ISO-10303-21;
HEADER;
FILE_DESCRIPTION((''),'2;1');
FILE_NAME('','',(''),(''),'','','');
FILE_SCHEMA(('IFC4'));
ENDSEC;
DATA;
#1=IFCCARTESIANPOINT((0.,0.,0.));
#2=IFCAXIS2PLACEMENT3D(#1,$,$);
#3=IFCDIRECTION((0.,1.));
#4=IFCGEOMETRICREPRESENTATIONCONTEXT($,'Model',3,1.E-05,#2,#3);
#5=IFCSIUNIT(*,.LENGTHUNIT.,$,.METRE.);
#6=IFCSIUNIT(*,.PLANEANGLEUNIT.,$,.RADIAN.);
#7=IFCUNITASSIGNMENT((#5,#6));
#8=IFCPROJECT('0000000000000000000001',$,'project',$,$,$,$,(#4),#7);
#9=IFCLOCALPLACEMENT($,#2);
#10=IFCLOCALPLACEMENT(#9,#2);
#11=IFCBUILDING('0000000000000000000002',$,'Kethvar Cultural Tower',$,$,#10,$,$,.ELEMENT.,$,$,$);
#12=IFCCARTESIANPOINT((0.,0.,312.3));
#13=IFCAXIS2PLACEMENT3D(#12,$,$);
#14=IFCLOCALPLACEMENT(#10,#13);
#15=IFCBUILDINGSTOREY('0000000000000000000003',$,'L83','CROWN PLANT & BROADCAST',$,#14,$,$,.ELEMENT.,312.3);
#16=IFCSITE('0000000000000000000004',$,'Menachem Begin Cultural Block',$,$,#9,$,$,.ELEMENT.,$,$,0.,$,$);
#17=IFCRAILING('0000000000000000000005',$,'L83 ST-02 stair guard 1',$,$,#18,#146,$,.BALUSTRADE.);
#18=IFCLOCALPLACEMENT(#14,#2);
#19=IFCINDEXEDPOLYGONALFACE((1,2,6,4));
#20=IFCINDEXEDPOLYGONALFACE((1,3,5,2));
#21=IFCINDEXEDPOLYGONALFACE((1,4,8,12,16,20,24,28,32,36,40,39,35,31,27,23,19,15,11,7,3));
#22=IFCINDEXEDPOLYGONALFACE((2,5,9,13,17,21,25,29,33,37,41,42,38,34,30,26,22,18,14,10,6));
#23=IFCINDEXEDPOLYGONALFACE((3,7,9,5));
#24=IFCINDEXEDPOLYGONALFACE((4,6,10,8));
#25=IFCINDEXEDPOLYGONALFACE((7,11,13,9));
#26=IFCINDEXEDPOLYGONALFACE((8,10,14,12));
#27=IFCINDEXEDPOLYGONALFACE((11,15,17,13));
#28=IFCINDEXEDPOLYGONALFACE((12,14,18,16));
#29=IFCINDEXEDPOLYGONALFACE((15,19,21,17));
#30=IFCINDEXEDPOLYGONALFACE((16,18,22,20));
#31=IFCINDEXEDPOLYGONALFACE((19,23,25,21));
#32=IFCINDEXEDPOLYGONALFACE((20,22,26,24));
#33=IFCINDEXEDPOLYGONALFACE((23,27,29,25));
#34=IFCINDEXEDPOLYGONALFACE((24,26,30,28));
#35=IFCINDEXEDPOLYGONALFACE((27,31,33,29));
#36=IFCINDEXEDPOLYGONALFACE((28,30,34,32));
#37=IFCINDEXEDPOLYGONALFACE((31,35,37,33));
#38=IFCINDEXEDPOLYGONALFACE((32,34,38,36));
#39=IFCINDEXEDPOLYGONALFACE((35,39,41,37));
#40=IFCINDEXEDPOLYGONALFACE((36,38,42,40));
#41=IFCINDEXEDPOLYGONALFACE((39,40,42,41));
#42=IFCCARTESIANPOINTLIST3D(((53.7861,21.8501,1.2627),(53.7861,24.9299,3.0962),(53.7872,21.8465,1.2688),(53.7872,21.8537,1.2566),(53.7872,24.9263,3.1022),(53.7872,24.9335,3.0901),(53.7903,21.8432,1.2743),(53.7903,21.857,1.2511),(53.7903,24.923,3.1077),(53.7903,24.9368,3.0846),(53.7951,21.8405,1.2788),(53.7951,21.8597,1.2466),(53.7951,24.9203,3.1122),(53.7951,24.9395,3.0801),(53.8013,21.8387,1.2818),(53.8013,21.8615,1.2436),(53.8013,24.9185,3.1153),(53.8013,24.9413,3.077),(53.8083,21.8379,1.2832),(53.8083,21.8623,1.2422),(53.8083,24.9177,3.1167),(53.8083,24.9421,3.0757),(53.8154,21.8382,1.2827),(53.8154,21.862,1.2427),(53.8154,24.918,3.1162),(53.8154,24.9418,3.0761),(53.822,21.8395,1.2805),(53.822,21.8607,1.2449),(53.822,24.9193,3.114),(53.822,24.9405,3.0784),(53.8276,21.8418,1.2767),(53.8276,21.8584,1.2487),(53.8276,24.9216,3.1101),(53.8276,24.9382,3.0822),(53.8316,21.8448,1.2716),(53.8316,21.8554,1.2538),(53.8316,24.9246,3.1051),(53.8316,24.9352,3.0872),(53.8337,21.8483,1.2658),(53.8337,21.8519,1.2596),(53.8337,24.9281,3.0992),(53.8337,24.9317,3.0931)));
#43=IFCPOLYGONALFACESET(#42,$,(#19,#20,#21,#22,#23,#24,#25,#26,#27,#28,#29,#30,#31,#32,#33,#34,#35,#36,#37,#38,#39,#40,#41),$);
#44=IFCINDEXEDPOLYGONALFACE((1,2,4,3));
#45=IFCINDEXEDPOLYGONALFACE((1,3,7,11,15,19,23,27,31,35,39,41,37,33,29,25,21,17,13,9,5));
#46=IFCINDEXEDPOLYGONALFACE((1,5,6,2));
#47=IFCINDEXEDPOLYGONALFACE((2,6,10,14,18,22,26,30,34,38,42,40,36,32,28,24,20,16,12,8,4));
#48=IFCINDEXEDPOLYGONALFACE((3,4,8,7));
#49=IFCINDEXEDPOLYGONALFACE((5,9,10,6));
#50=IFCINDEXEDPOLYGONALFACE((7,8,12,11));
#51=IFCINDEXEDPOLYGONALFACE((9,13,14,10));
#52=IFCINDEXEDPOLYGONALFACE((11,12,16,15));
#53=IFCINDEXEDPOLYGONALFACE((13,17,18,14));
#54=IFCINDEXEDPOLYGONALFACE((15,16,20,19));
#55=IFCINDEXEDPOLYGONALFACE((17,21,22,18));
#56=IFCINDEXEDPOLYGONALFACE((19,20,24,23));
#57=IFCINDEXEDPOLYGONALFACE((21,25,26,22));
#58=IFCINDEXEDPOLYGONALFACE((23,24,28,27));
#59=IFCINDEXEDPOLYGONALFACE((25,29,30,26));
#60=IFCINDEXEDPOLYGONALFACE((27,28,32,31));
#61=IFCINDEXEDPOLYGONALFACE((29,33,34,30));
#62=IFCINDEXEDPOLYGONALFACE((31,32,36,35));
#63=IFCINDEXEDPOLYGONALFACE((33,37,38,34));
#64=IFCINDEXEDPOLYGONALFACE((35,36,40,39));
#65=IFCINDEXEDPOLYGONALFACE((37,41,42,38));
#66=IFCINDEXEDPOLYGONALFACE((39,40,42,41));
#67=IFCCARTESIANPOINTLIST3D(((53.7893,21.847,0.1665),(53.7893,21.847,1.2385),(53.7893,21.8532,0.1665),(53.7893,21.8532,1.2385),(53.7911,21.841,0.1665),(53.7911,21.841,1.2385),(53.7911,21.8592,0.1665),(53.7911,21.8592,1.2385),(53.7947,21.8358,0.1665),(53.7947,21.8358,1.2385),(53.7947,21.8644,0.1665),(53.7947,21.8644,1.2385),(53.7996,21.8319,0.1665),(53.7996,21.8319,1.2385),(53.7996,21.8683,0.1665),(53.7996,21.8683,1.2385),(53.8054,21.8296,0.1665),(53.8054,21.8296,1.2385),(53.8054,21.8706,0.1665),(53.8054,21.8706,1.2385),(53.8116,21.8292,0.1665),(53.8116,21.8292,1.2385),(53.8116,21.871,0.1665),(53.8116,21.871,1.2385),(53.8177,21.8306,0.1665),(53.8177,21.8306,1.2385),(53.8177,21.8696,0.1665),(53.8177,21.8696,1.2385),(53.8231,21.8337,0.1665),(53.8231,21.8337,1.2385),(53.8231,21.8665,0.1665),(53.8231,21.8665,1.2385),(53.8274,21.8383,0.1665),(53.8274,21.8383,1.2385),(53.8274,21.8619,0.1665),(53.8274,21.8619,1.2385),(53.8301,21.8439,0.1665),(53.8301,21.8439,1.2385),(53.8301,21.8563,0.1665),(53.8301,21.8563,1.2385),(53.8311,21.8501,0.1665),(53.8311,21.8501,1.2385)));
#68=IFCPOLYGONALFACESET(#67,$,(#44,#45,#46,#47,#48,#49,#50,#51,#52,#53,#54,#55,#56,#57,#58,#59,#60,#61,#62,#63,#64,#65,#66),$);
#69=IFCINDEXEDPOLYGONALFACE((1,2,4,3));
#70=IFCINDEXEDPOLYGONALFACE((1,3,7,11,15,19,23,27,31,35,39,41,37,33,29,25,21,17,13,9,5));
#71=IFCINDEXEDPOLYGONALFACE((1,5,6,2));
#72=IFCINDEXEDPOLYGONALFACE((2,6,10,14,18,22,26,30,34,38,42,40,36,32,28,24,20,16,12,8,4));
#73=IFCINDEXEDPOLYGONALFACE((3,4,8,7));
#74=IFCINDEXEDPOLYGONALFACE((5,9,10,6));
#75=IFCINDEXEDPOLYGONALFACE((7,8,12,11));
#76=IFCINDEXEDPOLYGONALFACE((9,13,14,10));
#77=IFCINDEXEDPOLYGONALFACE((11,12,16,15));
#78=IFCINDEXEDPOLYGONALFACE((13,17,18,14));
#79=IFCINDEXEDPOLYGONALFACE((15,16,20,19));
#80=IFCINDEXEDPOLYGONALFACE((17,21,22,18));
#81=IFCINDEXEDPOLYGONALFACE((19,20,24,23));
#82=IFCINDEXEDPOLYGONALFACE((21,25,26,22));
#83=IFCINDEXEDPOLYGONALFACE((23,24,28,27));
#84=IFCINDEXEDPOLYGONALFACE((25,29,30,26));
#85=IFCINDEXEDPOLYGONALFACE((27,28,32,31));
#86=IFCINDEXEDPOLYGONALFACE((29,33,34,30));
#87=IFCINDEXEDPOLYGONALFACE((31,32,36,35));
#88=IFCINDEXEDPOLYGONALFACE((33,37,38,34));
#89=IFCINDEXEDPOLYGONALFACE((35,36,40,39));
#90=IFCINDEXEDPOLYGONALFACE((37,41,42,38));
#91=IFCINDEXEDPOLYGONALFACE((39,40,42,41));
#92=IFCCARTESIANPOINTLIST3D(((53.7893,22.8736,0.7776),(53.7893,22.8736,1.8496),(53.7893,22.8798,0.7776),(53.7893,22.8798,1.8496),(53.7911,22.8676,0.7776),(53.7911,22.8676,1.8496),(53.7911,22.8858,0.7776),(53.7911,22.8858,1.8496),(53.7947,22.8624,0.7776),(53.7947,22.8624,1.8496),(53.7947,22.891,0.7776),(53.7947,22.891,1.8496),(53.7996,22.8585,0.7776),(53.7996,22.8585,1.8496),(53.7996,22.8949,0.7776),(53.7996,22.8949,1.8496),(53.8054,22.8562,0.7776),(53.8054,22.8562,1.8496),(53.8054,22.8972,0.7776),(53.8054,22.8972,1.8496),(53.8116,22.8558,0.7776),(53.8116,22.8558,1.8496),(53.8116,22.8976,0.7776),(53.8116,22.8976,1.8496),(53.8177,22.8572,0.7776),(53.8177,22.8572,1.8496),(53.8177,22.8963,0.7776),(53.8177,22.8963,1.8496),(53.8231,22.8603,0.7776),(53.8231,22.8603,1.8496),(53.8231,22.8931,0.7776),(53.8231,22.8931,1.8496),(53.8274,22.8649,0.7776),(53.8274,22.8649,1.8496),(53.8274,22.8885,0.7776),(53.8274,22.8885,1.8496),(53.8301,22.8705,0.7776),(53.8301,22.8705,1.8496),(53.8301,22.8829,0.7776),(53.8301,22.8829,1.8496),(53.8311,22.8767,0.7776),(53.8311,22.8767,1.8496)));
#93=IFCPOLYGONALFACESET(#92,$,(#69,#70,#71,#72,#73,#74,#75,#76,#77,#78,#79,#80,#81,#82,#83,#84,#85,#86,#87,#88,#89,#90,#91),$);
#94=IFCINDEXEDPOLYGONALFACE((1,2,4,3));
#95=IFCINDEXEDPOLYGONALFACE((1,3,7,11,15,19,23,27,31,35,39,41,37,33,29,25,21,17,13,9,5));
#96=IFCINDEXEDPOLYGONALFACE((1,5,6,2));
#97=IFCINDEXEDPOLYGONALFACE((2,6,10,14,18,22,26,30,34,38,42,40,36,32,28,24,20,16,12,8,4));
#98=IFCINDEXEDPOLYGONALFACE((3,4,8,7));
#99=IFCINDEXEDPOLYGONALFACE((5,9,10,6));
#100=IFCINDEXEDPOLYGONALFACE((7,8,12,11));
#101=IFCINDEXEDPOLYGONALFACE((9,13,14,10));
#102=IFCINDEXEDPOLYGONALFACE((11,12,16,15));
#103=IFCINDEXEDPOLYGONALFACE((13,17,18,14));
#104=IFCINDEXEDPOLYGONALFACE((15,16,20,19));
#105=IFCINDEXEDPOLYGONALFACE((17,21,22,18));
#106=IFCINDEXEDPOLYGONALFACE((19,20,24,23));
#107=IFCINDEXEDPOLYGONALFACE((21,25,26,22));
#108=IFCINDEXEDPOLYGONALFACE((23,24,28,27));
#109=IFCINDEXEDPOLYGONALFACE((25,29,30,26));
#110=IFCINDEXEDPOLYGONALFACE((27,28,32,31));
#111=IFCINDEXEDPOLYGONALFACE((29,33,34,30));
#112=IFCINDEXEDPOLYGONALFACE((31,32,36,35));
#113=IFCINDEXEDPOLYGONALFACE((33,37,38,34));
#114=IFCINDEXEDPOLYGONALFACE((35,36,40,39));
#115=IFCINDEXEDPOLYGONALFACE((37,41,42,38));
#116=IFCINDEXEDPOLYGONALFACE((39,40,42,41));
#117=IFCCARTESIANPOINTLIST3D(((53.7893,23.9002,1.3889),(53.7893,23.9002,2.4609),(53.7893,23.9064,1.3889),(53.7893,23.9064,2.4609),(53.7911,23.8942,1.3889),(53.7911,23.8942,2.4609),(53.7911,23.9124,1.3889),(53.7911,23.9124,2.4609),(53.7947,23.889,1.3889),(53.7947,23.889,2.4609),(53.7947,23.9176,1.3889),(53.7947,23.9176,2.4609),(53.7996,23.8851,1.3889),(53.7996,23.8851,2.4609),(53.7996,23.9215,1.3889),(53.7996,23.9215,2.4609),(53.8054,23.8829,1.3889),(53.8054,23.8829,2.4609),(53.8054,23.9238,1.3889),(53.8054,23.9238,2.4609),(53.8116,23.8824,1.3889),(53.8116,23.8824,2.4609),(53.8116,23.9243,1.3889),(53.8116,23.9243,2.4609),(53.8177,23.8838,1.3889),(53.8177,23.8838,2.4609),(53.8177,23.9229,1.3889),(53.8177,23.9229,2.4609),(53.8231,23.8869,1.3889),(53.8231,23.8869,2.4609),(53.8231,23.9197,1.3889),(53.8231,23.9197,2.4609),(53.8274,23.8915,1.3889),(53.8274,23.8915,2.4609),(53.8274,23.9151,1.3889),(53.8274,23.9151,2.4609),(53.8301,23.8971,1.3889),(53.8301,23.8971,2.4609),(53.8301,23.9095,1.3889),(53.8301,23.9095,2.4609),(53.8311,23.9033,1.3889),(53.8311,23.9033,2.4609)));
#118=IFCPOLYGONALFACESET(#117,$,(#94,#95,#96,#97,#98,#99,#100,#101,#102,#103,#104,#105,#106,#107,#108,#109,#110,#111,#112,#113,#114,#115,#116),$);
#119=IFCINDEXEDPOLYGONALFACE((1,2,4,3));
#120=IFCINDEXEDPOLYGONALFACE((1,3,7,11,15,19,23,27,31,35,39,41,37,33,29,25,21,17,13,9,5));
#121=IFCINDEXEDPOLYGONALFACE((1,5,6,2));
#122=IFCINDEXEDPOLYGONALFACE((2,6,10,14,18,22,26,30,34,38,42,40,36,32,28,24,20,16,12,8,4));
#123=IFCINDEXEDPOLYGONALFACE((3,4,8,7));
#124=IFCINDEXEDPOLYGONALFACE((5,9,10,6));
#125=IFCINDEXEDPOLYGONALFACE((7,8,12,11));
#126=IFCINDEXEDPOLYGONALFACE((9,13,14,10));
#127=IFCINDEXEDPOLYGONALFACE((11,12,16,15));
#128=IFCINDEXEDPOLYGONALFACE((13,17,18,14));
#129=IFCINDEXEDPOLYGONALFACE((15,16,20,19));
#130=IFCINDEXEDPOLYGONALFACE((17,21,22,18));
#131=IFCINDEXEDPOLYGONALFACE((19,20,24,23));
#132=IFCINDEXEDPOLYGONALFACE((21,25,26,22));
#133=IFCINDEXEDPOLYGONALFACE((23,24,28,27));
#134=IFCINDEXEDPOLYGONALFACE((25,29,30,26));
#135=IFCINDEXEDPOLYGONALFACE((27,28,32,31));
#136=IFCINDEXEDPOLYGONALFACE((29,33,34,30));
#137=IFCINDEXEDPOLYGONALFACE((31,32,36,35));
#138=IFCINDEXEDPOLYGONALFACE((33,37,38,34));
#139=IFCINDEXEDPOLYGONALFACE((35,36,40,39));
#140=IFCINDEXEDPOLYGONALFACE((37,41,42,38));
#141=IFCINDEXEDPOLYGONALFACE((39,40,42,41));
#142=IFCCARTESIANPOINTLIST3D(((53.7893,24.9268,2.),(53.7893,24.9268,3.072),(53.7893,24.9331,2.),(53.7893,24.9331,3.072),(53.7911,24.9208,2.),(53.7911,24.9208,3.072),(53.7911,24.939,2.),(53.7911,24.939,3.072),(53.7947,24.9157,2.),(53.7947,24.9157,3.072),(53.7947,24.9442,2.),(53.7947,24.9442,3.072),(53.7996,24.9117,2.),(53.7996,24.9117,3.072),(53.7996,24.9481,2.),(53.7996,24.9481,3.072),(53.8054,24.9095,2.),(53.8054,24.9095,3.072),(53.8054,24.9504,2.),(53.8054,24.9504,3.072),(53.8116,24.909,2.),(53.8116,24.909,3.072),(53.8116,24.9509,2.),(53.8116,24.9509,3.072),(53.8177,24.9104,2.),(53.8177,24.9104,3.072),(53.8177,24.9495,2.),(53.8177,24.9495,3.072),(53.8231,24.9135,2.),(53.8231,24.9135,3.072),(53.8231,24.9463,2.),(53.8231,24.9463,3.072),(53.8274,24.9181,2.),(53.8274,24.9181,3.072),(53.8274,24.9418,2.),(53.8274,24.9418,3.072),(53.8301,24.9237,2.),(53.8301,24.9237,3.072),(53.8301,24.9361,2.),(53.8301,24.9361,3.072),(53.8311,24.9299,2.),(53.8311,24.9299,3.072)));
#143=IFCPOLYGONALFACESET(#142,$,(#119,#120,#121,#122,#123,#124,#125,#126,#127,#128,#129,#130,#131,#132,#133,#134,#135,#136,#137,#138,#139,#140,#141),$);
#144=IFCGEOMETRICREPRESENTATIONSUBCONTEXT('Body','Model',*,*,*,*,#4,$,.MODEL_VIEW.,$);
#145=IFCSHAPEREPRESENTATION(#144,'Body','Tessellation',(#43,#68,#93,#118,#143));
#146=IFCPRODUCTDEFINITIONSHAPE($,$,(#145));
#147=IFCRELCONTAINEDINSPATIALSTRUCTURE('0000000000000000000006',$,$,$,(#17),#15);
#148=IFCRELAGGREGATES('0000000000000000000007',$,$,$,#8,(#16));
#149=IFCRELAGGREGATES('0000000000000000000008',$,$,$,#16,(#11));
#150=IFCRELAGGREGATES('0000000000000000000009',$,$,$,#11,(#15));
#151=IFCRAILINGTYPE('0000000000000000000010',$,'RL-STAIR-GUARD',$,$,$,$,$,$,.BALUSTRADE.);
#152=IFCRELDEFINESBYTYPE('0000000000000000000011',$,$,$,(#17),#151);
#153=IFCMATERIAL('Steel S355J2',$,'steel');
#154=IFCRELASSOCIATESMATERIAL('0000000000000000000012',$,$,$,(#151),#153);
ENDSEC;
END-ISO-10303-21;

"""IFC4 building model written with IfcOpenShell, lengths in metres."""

from ifc_helpers import new_model, si_unit, direction, frame, origin, origin_2d, place, context, subcontext, project, spatial, circle, extrude, material, type_object, element, save


model = new_model("IFC4")

# Units and contexts
model_context = context("Model", 3, precision=1e-05, world=origin(), true_north=direction((0.0, 1.0)))
body_context = subcontext(model_context, "Body", "Model", "MODEL_VIEW")
ifc_project = project(units=[si_unit("LENGTHUNIT", "METRE"), si_unit("PLANEANGLEUNIT", "RADIAN")], contexts=[model_context])

# Site, building, storey
site_placement = place(None, origin())
site = spatial("IfcSite", under=ifc_project, at=site_placement, Name="Menachem Begin Cultural Block", CompositionType="ELEMENT", RefElevation=0.0)
building_placement = place(site_placement, origin())
building = spatial("IfcBuilding", under=site, at=building_placement, Name="Kethvar Cultural Tower", CompositionType="ELEMENT")
storey_placement = place(building_placement, frame((0.0, 0.0, 312.3)))
storey = spatial("IfcBuildingStorey", under=building, at=storey_placement, Name="L83", Description="CROWN PLANT & BROADCAST", CompositionType="ELEMENT", Elevation=312.3)

# Shared definitions
ifc_material_1 = material(Name="Steel S355J2", Category="steel")

# Railing
railing_type_1 = type_object("IfcRailingType", Name="RL-STAIR-GUARD", PredefinedType="BALUSTRADE", material=ifc_material_1)
railing_1_placement = place(storey_placement, frame((53.8101, 21.8501, 0.1665)))
element("IfcRailing", 1, at=railing_1_placement, inside=storey, type_object=railing_type_1, Name="L83 ST-02 stair guard 1", PredefinedType="BALUSTRADE", context=body_context, shape_type="SweptSolid", body=[
    extrude(circle(Radius=0.0239, at=origin_2d()), frame((0.0, 0.0, 1.0962), z_axis=(0.0, 0.859261, 0.511538), x_axis=(-1.0, 0.0, 0.0)), (0.0, 0.0, 1.0), 3.5842),
    extrude(circle(Radius=0.021, at=origin_2d()), origin(), (0.0, 0.0, 1.0), 1.072),
    extrude(circle(Radius=0.021, at=origin_2d()), frame((0.0, 1.0266, 0.6111)), (0.0, 0.0, 1.0), 1.072),
    extrude(circle(Radius=0.021, at=origin_2d()), frame((0.0, 2.0532, 1.2224)), (0.0, 0.0, 1.0), 1.072),
    extrude(circle(Radius=0.021, at=origin_2d()), frame((0.0, 3.0798, 1.8335)), (0.0, 0.0, 1.0), 1.072),
])

save(model, "model.ifc")
